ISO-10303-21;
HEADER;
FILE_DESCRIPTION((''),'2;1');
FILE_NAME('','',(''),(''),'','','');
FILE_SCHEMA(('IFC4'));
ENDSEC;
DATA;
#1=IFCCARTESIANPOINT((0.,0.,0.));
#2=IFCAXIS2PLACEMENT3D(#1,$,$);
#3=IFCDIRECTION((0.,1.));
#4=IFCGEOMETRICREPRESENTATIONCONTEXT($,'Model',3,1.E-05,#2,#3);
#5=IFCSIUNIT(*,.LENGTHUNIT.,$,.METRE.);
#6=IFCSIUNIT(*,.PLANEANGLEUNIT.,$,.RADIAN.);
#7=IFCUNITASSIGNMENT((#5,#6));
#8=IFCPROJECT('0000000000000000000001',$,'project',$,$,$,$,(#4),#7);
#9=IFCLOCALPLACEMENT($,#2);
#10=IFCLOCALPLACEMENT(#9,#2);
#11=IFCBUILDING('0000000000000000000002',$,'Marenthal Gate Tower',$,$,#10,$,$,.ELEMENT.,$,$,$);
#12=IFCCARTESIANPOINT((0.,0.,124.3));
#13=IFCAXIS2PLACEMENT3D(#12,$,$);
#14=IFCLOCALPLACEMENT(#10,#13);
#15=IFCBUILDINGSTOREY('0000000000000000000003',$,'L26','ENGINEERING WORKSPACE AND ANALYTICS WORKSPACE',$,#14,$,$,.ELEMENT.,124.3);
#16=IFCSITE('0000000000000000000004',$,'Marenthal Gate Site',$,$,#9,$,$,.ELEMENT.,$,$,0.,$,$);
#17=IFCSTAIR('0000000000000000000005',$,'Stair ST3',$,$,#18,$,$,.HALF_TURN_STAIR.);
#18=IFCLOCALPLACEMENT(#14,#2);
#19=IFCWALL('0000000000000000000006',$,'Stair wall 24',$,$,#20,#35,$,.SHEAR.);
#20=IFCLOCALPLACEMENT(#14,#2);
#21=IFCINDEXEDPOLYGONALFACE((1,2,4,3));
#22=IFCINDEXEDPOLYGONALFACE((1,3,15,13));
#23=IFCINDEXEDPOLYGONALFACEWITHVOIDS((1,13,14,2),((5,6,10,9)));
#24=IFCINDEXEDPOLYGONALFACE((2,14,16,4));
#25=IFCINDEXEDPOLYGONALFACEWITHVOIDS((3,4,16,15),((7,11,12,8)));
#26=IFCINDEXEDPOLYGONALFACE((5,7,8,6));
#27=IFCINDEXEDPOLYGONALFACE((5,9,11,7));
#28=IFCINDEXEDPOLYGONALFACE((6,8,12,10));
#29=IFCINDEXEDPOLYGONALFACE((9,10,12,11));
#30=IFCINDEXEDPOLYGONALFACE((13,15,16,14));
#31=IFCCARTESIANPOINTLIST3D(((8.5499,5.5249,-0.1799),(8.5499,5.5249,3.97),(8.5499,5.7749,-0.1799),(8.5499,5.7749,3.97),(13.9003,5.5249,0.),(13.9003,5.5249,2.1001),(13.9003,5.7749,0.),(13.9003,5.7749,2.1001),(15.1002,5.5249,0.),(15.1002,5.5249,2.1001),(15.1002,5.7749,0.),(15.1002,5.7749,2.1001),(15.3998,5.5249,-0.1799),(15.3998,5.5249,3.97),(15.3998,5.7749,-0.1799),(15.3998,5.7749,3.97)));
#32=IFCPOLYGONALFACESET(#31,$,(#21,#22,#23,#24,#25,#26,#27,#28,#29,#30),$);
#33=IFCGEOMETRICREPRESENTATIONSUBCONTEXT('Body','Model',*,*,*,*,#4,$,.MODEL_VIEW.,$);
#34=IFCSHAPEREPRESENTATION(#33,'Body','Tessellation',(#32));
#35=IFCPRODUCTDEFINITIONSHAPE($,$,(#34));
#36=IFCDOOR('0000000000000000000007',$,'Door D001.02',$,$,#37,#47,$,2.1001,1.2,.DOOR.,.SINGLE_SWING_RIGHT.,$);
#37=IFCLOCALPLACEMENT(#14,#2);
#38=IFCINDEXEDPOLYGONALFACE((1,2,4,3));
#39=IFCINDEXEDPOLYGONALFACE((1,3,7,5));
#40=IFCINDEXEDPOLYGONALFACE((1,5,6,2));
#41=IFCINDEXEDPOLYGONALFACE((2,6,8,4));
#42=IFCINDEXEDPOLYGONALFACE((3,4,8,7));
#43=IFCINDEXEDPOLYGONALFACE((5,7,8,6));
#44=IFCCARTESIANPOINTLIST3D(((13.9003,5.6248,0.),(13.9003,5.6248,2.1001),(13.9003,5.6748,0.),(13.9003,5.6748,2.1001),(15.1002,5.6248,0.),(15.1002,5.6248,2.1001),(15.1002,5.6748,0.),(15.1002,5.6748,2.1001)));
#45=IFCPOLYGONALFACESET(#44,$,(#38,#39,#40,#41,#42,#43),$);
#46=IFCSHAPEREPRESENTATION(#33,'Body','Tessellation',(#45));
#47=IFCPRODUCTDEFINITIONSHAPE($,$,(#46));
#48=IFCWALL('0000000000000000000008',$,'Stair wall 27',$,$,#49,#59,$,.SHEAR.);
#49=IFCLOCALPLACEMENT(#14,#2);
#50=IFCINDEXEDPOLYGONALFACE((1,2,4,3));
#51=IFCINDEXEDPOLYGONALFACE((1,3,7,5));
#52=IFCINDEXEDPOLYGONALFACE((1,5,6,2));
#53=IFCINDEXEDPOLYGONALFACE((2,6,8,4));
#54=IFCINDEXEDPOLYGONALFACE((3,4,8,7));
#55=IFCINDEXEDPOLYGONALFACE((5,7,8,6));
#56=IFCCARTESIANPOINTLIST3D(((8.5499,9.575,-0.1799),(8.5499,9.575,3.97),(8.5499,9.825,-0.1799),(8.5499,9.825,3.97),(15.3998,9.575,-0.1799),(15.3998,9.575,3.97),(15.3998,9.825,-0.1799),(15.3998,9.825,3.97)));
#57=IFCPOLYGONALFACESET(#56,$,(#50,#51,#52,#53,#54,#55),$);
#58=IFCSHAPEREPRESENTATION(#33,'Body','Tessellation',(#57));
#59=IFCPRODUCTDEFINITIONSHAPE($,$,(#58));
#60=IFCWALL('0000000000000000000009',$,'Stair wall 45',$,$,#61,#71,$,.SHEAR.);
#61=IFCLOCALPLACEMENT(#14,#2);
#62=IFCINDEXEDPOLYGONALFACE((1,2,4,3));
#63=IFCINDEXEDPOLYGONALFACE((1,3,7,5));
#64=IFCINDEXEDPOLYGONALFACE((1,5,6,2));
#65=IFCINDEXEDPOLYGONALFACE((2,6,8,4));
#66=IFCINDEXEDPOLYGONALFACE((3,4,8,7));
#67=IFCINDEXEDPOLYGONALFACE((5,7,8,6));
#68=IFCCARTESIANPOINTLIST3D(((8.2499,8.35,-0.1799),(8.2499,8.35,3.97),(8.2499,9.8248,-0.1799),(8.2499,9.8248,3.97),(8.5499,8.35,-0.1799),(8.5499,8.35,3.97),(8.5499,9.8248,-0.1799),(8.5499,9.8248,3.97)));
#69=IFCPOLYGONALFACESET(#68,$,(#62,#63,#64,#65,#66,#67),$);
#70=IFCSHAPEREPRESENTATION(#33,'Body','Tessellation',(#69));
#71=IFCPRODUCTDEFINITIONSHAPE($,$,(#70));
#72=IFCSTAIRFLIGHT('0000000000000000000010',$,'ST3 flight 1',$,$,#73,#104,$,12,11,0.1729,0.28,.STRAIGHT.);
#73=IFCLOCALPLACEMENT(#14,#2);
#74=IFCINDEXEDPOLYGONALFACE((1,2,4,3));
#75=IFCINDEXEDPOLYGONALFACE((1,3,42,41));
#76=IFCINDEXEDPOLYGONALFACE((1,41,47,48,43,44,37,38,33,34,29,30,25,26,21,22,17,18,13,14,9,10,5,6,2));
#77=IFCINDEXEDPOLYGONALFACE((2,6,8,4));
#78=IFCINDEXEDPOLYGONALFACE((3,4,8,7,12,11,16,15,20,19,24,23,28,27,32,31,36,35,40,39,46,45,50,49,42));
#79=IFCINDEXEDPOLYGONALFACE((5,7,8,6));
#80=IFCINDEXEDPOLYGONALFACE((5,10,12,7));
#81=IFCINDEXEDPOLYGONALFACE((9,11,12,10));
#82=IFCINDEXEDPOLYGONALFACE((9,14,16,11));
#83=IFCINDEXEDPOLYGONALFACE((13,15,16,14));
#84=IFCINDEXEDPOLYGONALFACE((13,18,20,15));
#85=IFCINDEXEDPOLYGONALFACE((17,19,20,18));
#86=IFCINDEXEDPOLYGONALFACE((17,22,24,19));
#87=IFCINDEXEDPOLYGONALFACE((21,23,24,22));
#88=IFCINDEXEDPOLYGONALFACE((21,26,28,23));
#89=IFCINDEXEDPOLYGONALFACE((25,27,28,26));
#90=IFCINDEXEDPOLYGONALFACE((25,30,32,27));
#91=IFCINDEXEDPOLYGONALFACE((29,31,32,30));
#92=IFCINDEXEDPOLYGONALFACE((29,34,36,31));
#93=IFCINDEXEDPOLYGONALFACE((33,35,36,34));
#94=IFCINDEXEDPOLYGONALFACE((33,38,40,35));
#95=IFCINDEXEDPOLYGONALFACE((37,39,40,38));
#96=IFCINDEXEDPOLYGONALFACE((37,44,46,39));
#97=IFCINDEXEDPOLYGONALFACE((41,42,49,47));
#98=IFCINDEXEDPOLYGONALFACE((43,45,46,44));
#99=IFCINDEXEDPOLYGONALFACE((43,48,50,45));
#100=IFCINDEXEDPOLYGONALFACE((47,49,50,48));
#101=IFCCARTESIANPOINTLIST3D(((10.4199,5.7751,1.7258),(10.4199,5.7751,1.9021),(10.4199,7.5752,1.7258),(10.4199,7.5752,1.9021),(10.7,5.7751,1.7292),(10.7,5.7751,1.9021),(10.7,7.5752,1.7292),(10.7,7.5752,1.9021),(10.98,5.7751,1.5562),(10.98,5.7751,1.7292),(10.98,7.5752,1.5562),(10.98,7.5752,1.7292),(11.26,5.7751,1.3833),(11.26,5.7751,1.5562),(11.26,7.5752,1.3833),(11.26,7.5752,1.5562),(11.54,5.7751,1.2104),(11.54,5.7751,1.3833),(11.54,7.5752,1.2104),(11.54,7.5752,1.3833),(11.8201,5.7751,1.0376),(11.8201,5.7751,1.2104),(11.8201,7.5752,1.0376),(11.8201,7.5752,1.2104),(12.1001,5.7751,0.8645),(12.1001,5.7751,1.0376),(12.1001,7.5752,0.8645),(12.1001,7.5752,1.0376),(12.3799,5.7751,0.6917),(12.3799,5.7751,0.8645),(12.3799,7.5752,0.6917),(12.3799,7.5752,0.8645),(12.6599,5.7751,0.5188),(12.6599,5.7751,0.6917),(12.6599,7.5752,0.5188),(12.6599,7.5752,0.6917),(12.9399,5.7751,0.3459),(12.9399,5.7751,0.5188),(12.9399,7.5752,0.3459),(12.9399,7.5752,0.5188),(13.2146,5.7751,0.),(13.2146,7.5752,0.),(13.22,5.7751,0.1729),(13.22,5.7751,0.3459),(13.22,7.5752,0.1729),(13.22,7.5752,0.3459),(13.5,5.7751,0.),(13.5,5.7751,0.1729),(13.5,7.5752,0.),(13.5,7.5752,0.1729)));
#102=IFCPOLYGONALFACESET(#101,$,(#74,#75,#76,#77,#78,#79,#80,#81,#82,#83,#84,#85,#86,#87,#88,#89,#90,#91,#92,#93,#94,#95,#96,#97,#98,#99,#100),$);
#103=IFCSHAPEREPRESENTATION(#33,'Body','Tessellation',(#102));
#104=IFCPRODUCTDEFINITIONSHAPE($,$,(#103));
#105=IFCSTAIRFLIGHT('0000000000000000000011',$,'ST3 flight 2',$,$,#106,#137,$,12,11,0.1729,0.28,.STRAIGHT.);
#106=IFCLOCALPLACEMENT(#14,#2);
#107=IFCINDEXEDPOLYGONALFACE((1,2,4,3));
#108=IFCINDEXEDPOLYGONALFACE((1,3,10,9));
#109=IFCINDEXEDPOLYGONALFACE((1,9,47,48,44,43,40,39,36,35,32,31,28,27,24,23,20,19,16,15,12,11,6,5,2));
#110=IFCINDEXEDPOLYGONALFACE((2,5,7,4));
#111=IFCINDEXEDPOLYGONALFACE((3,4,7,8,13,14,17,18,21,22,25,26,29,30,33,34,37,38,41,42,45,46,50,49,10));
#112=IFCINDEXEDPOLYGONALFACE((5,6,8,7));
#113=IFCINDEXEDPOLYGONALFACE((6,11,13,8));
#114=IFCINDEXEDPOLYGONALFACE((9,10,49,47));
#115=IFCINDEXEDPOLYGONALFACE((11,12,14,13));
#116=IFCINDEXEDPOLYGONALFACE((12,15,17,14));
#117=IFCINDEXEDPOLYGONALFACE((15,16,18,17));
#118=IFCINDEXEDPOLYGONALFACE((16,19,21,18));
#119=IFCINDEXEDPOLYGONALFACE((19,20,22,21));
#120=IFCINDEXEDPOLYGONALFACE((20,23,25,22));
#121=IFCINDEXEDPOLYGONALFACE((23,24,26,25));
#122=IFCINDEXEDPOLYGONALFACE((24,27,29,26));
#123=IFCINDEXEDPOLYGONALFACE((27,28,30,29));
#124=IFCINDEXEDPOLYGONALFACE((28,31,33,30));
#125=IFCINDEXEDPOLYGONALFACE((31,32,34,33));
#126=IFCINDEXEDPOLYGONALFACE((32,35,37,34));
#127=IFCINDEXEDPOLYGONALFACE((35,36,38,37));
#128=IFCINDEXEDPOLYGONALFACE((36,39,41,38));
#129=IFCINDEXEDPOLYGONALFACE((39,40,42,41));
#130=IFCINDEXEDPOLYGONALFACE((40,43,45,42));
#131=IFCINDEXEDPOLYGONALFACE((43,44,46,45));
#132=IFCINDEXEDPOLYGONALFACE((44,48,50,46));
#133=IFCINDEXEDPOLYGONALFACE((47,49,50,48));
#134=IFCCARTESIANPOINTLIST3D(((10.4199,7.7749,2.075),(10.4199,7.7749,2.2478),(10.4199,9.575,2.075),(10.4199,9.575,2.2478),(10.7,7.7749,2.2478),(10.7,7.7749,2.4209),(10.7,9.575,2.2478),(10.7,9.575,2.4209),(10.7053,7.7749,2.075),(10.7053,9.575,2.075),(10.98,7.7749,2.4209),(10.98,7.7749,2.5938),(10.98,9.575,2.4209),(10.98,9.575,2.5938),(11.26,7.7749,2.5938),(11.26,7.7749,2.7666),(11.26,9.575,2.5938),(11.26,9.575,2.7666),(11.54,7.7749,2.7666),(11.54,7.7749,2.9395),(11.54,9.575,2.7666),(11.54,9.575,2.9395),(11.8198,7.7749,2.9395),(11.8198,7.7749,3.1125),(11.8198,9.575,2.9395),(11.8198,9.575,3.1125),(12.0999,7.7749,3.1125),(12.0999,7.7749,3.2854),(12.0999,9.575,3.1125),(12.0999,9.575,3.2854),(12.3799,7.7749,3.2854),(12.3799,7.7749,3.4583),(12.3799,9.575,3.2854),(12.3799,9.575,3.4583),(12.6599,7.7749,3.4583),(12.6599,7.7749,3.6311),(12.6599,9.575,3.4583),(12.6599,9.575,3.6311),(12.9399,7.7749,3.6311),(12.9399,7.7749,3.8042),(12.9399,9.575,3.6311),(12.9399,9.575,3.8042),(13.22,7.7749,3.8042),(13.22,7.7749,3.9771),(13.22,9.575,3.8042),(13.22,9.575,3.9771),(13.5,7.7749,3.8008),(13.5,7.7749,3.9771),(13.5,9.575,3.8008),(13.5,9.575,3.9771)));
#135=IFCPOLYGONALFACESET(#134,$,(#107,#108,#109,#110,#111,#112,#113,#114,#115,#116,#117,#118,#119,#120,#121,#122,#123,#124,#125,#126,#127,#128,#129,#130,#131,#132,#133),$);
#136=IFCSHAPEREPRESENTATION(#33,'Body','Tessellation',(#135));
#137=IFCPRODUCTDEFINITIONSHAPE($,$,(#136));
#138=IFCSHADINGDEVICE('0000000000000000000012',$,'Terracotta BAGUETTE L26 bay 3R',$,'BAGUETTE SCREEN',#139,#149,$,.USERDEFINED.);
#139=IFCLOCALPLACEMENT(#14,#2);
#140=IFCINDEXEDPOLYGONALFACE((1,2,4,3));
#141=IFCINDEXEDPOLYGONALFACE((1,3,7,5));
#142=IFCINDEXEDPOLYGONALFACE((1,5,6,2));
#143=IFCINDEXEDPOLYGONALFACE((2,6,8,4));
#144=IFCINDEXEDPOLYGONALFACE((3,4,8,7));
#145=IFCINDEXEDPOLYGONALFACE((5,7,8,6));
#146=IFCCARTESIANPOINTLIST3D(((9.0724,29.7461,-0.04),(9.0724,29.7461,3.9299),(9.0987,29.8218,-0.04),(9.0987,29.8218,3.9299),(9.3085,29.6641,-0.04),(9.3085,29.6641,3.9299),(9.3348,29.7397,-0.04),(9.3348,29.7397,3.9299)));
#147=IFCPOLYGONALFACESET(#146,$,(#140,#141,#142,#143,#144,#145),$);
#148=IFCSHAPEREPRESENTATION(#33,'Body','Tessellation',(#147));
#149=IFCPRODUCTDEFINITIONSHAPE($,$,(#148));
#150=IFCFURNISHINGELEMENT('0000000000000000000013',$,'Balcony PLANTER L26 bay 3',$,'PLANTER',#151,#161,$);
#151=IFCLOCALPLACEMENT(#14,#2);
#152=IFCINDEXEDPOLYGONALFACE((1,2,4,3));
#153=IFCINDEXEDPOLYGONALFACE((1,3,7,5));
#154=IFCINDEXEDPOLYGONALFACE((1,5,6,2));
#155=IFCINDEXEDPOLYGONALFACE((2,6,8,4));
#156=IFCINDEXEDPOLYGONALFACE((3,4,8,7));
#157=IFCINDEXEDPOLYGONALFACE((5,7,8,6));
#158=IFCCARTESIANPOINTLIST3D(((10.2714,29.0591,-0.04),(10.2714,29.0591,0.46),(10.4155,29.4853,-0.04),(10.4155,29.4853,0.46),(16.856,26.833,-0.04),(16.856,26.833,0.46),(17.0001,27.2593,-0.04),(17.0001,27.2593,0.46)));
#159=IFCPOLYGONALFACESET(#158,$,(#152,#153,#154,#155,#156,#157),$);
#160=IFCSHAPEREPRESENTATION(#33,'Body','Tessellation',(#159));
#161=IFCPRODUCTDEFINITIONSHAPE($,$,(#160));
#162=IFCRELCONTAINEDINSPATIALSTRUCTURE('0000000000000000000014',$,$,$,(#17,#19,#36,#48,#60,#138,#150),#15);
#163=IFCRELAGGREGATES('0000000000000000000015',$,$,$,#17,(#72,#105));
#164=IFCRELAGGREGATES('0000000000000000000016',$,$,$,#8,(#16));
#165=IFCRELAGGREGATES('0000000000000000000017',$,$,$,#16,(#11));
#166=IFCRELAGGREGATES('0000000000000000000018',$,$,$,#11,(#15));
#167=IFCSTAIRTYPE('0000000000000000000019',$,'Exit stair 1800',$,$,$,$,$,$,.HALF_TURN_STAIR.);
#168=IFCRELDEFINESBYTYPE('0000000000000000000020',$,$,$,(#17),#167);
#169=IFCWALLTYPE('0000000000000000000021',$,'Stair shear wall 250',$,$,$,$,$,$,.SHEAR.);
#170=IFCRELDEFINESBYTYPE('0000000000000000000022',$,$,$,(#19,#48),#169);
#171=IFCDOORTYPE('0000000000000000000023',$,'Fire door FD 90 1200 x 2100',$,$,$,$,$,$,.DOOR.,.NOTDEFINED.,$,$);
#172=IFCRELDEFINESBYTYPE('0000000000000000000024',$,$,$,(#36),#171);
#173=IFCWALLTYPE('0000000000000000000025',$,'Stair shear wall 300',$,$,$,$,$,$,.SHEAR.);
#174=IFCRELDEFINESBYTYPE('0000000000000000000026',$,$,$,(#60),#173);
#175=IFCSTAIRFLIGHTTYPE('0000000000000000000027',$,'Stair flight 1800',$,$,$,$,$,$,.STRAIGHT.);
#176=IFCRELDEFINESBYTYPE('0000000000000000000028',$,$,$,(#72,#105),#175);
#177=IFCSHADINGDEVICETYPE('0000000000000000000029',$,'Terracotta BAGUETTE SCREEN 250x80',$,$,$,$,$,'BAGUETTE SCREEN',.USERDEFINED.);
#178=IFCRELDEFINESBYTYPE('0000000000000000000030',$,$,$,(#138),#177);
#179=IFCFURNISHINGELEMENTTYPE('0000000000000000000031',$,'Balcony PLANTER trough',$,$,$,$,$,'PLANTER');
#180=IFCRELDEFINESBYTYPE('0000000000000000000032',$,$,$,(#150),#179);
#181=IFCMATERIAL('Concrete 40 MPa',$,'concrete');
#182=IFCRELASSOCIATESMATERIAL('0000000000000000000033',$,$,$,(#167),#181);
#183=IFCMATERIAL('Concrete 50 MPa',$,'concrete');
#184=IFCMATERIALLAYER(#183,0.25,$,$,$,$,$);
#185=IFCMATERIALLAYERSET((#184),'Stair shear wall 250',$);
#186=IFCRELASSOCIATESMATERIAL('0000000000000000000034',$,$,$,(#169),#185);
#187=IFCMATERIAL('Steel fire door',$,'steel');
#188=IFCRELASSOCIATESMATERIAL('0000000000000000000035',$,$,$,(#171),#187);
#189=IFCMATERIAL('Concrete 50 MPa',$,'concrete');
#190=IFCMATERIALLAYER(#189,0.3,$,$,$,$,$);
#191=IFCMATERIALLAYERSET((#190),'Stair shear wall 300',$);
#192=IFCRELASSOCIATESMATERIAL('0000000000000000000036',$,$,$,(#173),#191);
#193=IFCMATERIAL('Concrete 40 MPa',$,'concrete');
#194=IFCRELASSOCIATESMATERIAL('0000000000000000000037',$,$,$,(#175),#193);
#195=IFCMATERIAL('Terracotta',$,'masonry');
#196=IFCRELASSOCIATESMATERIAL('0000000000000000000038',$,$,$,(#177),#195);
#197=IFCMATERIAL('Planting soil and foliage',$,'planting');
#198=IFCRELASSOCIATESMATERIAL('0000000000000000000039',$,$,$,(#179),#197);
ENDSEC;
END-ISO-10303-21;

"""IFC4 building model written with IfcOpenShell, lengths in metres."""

from ifc_helpers import new_model, si_unit, direction, frame, frame_2d, origin, origin_2d, place, context, subcontext, project, spatial, polyline, rectangle, outline, extrude, material, layer, layer_set, material_profile, profile_set, type_object, element, fill, aggregate, save


model = new_model("IFC4")

# Units and contexts
model_context = context("Model", 3, precision=1e-05, world=origin(), true_north=direction((0.0, 1.0)))
body_context = subcontext(model_context, "Body", "Model", "MODEL_VIEW")
ifc_project = project(units=[si_unit("LENGTHUNIT", "METRE"), si_unit("PLANEANGLEUNIT", "RADIAN")], contexts=[model_context])

# Site, building, storey
site_placement = place(None, origin())
site = spatial("IfcSite", under=ifc_project, at=site_placement, Name="Marenthal Gate Site", CompositionType="ELEMENT", RefElevation=0.0)
building_placement = place(site_placement, origin())
building = spatial("IfcBuilding", under=site, at=building_placement, Name="Marenthal Gate Tower", CompositionType="ELEMENT")
storey_placement = place(building_placement, frame((0.0, 0.0, 124.3)))
storey = spatial("IfcBuildingStorey", under=building, at=storey_placement, Name="L26", Description="ENGINEERING WORKSPACE AND ANALYTICS WORKSPACE", CompositionType="ELEMENT", Elevation=124.3)

# Stair
ifc_material_1 = material(Name="Concrete 40 MPa", Category="concrete")
stair_type = type_object("IfcStairType", Name="Exit stair 1800", PredefinedType="HALF_TURN_STAIR", material=ifc_material_1)
stair_1_placement = place(storey_placement, origin())
stair_1 = element("IfcStair", 1, at=stair_1_placement, inside=storey, type_object=stair_type, Name="Stair ST3", PredefinedType="HALF_TURN_STAIR")

# Wall, opening, door
ifc_material_2 = material(Name="Concrete 50 MPa", Category="concrete")
ifc_layer_1 = layer(ifc_material_2, 0.25)
ifc_layer_set_1 = layer_set([ifc_layer_1], Name="Stair shear wall 250")
wall_type_1 = type_object("IfcWallType", Name="Stair shear wall 250", PredefinedType="SHEAR", material=ifc_layer_set_1)
wall_1_placement = place(storey_placement, frame((8.55, 5.6499, -0.1799), z_axis=(0.0, 0.0, 1.0), x_axis=(1.0, 0.0, 0.0)))
wall_1 = element("IfcWall", 2, at=wall_1_placement, inside=storey, type_object=wall_type_1, Name="Stair wall 24", PredefinedType="SHEAR", context=body_context, shape_type="SweptSolid", body=[
    extrude(rectangle(XDim=6.8499, YDim=0.25, at=frame_2d((3.4248, 0.0))), origin(), (0.0, 0.0, 1.0), 4.1499),
])
opening_1_placement = place(wall_1_placement, frame((5.3501, 0.0, 0.1799)))
opening_1 = element("IfcOpeningElement", 3, at=opening_1_placement, cuts=wall_1, PredefinedType="OPENING", context=body_context, shape_type="SweptSolid", body=[
    extrude(rectangle(XDim=1.2, YDim=2.1001, at=frame_2d((0.6001, 1.05))), frame((0.0, 0.135, 0.0), z_axis=(0.0, -1.0, 0.0), x_axis=(1.0, 0.0, 0.0)), (0.0, 0.0, 1.0), 0.27),
])
ifc_material_3 = material(Name="Steel fire door", Category="steel")
door_type_1 = type_object("IfcDoorType", Name="Fire door FD 90 1200 x 2100", OperationType="NOTDEFINED", PredefinedType="DOOR", material=ifc_material_3)
door_1_placement = place(opening_1_placement, origin())
door_1 = element("IfcDoor", 4, at=door_1_placement, inside=storey, type_object=door_type_1, Name="Door D001.02", OperationType="SINGLE_SWING_RIGHT", OverallHeight=2.1001, OverallWidth=1.2, PredefinedType="DOOR", context=body_context, shape_type="SweptSolid", body=[
    extrude(rectangle(XDim=1.2, YDim=2.1001, at=frame_2d((0.6001, 1.05))), frame((0.0, 0.0249, 0.0), z_axis=(0.0, -1.0, 0.0), x_axis=(1.0, 0.0, 0.0)), (0.0, 0.0, 1.0), 0.05),
])
fill(opening_1, door_1)

# Walls
wall_2_placement = place(storey_placement, frame((8.55, 9.7, -0.1799), z_axis=(0.0, 0.0, 1.0), x_axis=(1.0, 0.0, 0.0)))
element("IfcWall", 5, at=wall_2_placement, inside=storey, type_object=wall_type_1, Name="Stair wall 27", PredefinedType="SHEAR", context=body_context, shape_type="SweptSolid", body=[
    extrude(rectangle(XDim=6.8499, YDim=0.25, at=frame_2d((3.4248, 0.0))), origin(), (0.0, 0.0, 1.0), 4.1499),
])
ifc_material_4 = material(Name="Concrete 50 MPa", Category="concrete")
ifc_layer_2 = layer(ifc_material_4, 0.3)
ifc_layer_set_2 = layer_set([ifc_layer_2], Name="Stair shear wall 300")
wall_type_2 = type_object("IfcWallType", Name="Stair shear wall 300", PredefinedType="SHEAR", material=ifc_layer_set_2)
wall_3_placement = place(storey_placement, frame((8.3999, 8.3501, -0.1799), z_axis=(0.0, 0.0, 1.0), x_axis=(0.0, 1.0, 0.0)))
element("IfcWall", 6, at=wall_3_placement, inside=storey, type_object=wall_type_2, Name="Stair wall 45", PredefinedType="SHEAR", context=body_context, shape_type="SweptSolid", body=[
    extrude(rectangle(XDim=1.4749, YDim=0.3, at=frame_2d((0.7373, 0.0))), origin(), (0.0, 0.0, 1.0), 4.1499),
])

# Stair flights
ifc_material_5 = material(Name="Concrete 40 MPa", Category="concrete")
stair_flight_type = type_object("IfcStairFlightType", Name="Stair flight 1800", PredefinedType="STRAIGHT", material=ifc_material_5)
stair_flight_1_placement = place(storey_placement, frame((13.5, 6.675, 0.0), z_axis=(0.0, 0.0, 1.0), x_axis=(-1.0, 0.0, 0.0)))
stair_flight_1 = element("IfcStairFlight", 7, at=stair_flight_1_placement, type_object=stair_flight_type, Name="ST3 flight 1", NumberOfRisers=12, NumberOfTreads=11, PredefinedType="STRAIGHT", RiserHeight=0.1729, TreadLength=0.28, context=body_context, shape_type="SweptSolid", body=[
    extrude(outline(polyline([(0.0, 0.0), (0.0, 0.1729), (0.28, 0.1729), (0.28, 0.3459), (0.5601, 0.3459), (0.5601, 0.5188), (0.8401, 0.5188), (0.8401, 0.6917), (1.1201, 0.6917), (1.1201, 0.8645), (1.3999, 0.8645), (1.3999, 1.0376), (1.6799, 1.0376), (1.6799, 1.2104), (1.96, 1.2104), (1.96, 1.3833), (2.24, 1.3833), (2.24, 1.5562), (2.52, 1.5562), (2.52, 1.7292), (2.8, 1.7292), (2.8, 1.9021), (3.0801, 1.9021), (3.0801, 2.075), (3.0801, 1.7258), (0.2854, 0.0), (0.0, 0.0)])), frame((0.0, 0.8999, 0.0), z_axis=(0.0, -1.0, 0.0), x_axis=(1.0, 0.0, 0.0)), (0.0, 0.0, 1.0), 1.8),
])
stair_flight_2_placement = place(storey_placement, frame((10.4199, 8.675, 2.075), z_axis=(0.0, 0.0, 1.0), x_axis=(1.0, 0.0, 0.0)))
stair_flight_2 = element("IfcStairFlight", 8, at=stair_flight_2_placement, type_object=stair_flight_type, Name="ST3 flight 2", NumberOfRisers=12, NumberOfTreads=11, PredefinedType="STRAIGHT", RiserHeight=0.1729, TreadLength=0.28, context=body_context, shape_type="SweptSolid", body=[
    extrude(outline(polyline([(0.0, 0.0), (0.0, 0.1729), (0.28, 0.1729), (0.28, 0.3459), (0.5601, 0.3459), (0.5601, 0.5188), (0.8401, 0.5188), (0.8401, 0.6917), (1.1201, 0.6917), (1.1201, 0.8645), (1.3999, 0.8645), (1.3999, 1.0376), (1.6799, 1.0376), (1.6799, 1.2104), (1.96, 1.2104), (1.96, 1.3833), (2.24, 1.3833), (2.24, 1.5562), (2.52, 1.5562), (2.52, 1.7292), (2.8, 1.7292), (2.8, 1.9021), (3.0801, 1.9021), (3.0801, 2.075), (3.0801, 1.7258), (0.2854, 0.0), (0.0, 0.0)])), frame((0.0, 0.8999, 0.0), z_axis=(0.0, -1.0, 0.0), x_axis=(1.0, 0.0, 0.0)), (0.0, 0.0, 1.0), 1.8),
])
aggregate(stair_1, [stair_flight_1, stair_flight_2])

# Shading device
ifc_material_6 = material(Name="Terracotta", Category="masonry")
ifc_material_profile_1 = material_profile(ifc_material_6, rectangle(XDim=0.25, YDim=0.0801, at=origin_2d()), Name="Terracotta baguette 250x80")
ifc_profile_set_1 = profile_set([ifc_material_profile_1], Name="Terracotta")
shading_device_type = type_object("IfcShadingDeviceType", Name="Terracotta BAGUETTE SCREEN 250x80", ElementType="BAGUETTE SCREEN", PredefinedType="USERDEFINED", material=ifc_profile_set_1)
shading_device_placement = place(storey_placement, frame((9.2036, 29.7429, -0.04), z_axis=(0.0, 0.0, 1.0), x_axis=(-0.944576, 0.328292, 0.0)))
element("IfcShadingDevice", 9, at=shading_device_placement, inside=storey, type_object=shading_device_type, Name="Terracotta BAGUETTE L26 bay 3R", ObjectType="BAGUETTE SCREEN", PredefinedType="USERDEFINED", context=body_context, shape_type="SweptSolid", body=[
    extrude(rectangle(XDim=0.25, YDim=0.0801, at=origin_2d()), origin(), (0.0, 0.0, 1.0), 3.97),
])

# Furnishing element
ifc_material_7 = material(Name="Planting soil and foliage", Category="planting")
furnishing_element_type = type_object("IfcFurnishingElementType", Name="Balcony PLANTER trough", ElementType="PLANTER", material=ifc_material_7)
furnishing_placement = place(storey_placement, frame((13.6357, 28.1592, -0.04), z_axis=(0.0, 0.0, 1.0), x_axis=(-0.947329, 0.320262, 0.0)))
element("IfcFurnishingElement", 10, at=furnishing_placement, inside=storey, type_object=furnishing_element_type, Name="Balcony PLANTER L26 bay 3", ObjectType="PLANTER", context=body_context, shape_type="SweptSolid", body=[
    extrude(rectangle(XDim=6.9507, YDim=0.45, at=origin_2d()), origin(), (0.0, 0.0, 1.0), 0.5),
])

save(model, "model.ifc")
